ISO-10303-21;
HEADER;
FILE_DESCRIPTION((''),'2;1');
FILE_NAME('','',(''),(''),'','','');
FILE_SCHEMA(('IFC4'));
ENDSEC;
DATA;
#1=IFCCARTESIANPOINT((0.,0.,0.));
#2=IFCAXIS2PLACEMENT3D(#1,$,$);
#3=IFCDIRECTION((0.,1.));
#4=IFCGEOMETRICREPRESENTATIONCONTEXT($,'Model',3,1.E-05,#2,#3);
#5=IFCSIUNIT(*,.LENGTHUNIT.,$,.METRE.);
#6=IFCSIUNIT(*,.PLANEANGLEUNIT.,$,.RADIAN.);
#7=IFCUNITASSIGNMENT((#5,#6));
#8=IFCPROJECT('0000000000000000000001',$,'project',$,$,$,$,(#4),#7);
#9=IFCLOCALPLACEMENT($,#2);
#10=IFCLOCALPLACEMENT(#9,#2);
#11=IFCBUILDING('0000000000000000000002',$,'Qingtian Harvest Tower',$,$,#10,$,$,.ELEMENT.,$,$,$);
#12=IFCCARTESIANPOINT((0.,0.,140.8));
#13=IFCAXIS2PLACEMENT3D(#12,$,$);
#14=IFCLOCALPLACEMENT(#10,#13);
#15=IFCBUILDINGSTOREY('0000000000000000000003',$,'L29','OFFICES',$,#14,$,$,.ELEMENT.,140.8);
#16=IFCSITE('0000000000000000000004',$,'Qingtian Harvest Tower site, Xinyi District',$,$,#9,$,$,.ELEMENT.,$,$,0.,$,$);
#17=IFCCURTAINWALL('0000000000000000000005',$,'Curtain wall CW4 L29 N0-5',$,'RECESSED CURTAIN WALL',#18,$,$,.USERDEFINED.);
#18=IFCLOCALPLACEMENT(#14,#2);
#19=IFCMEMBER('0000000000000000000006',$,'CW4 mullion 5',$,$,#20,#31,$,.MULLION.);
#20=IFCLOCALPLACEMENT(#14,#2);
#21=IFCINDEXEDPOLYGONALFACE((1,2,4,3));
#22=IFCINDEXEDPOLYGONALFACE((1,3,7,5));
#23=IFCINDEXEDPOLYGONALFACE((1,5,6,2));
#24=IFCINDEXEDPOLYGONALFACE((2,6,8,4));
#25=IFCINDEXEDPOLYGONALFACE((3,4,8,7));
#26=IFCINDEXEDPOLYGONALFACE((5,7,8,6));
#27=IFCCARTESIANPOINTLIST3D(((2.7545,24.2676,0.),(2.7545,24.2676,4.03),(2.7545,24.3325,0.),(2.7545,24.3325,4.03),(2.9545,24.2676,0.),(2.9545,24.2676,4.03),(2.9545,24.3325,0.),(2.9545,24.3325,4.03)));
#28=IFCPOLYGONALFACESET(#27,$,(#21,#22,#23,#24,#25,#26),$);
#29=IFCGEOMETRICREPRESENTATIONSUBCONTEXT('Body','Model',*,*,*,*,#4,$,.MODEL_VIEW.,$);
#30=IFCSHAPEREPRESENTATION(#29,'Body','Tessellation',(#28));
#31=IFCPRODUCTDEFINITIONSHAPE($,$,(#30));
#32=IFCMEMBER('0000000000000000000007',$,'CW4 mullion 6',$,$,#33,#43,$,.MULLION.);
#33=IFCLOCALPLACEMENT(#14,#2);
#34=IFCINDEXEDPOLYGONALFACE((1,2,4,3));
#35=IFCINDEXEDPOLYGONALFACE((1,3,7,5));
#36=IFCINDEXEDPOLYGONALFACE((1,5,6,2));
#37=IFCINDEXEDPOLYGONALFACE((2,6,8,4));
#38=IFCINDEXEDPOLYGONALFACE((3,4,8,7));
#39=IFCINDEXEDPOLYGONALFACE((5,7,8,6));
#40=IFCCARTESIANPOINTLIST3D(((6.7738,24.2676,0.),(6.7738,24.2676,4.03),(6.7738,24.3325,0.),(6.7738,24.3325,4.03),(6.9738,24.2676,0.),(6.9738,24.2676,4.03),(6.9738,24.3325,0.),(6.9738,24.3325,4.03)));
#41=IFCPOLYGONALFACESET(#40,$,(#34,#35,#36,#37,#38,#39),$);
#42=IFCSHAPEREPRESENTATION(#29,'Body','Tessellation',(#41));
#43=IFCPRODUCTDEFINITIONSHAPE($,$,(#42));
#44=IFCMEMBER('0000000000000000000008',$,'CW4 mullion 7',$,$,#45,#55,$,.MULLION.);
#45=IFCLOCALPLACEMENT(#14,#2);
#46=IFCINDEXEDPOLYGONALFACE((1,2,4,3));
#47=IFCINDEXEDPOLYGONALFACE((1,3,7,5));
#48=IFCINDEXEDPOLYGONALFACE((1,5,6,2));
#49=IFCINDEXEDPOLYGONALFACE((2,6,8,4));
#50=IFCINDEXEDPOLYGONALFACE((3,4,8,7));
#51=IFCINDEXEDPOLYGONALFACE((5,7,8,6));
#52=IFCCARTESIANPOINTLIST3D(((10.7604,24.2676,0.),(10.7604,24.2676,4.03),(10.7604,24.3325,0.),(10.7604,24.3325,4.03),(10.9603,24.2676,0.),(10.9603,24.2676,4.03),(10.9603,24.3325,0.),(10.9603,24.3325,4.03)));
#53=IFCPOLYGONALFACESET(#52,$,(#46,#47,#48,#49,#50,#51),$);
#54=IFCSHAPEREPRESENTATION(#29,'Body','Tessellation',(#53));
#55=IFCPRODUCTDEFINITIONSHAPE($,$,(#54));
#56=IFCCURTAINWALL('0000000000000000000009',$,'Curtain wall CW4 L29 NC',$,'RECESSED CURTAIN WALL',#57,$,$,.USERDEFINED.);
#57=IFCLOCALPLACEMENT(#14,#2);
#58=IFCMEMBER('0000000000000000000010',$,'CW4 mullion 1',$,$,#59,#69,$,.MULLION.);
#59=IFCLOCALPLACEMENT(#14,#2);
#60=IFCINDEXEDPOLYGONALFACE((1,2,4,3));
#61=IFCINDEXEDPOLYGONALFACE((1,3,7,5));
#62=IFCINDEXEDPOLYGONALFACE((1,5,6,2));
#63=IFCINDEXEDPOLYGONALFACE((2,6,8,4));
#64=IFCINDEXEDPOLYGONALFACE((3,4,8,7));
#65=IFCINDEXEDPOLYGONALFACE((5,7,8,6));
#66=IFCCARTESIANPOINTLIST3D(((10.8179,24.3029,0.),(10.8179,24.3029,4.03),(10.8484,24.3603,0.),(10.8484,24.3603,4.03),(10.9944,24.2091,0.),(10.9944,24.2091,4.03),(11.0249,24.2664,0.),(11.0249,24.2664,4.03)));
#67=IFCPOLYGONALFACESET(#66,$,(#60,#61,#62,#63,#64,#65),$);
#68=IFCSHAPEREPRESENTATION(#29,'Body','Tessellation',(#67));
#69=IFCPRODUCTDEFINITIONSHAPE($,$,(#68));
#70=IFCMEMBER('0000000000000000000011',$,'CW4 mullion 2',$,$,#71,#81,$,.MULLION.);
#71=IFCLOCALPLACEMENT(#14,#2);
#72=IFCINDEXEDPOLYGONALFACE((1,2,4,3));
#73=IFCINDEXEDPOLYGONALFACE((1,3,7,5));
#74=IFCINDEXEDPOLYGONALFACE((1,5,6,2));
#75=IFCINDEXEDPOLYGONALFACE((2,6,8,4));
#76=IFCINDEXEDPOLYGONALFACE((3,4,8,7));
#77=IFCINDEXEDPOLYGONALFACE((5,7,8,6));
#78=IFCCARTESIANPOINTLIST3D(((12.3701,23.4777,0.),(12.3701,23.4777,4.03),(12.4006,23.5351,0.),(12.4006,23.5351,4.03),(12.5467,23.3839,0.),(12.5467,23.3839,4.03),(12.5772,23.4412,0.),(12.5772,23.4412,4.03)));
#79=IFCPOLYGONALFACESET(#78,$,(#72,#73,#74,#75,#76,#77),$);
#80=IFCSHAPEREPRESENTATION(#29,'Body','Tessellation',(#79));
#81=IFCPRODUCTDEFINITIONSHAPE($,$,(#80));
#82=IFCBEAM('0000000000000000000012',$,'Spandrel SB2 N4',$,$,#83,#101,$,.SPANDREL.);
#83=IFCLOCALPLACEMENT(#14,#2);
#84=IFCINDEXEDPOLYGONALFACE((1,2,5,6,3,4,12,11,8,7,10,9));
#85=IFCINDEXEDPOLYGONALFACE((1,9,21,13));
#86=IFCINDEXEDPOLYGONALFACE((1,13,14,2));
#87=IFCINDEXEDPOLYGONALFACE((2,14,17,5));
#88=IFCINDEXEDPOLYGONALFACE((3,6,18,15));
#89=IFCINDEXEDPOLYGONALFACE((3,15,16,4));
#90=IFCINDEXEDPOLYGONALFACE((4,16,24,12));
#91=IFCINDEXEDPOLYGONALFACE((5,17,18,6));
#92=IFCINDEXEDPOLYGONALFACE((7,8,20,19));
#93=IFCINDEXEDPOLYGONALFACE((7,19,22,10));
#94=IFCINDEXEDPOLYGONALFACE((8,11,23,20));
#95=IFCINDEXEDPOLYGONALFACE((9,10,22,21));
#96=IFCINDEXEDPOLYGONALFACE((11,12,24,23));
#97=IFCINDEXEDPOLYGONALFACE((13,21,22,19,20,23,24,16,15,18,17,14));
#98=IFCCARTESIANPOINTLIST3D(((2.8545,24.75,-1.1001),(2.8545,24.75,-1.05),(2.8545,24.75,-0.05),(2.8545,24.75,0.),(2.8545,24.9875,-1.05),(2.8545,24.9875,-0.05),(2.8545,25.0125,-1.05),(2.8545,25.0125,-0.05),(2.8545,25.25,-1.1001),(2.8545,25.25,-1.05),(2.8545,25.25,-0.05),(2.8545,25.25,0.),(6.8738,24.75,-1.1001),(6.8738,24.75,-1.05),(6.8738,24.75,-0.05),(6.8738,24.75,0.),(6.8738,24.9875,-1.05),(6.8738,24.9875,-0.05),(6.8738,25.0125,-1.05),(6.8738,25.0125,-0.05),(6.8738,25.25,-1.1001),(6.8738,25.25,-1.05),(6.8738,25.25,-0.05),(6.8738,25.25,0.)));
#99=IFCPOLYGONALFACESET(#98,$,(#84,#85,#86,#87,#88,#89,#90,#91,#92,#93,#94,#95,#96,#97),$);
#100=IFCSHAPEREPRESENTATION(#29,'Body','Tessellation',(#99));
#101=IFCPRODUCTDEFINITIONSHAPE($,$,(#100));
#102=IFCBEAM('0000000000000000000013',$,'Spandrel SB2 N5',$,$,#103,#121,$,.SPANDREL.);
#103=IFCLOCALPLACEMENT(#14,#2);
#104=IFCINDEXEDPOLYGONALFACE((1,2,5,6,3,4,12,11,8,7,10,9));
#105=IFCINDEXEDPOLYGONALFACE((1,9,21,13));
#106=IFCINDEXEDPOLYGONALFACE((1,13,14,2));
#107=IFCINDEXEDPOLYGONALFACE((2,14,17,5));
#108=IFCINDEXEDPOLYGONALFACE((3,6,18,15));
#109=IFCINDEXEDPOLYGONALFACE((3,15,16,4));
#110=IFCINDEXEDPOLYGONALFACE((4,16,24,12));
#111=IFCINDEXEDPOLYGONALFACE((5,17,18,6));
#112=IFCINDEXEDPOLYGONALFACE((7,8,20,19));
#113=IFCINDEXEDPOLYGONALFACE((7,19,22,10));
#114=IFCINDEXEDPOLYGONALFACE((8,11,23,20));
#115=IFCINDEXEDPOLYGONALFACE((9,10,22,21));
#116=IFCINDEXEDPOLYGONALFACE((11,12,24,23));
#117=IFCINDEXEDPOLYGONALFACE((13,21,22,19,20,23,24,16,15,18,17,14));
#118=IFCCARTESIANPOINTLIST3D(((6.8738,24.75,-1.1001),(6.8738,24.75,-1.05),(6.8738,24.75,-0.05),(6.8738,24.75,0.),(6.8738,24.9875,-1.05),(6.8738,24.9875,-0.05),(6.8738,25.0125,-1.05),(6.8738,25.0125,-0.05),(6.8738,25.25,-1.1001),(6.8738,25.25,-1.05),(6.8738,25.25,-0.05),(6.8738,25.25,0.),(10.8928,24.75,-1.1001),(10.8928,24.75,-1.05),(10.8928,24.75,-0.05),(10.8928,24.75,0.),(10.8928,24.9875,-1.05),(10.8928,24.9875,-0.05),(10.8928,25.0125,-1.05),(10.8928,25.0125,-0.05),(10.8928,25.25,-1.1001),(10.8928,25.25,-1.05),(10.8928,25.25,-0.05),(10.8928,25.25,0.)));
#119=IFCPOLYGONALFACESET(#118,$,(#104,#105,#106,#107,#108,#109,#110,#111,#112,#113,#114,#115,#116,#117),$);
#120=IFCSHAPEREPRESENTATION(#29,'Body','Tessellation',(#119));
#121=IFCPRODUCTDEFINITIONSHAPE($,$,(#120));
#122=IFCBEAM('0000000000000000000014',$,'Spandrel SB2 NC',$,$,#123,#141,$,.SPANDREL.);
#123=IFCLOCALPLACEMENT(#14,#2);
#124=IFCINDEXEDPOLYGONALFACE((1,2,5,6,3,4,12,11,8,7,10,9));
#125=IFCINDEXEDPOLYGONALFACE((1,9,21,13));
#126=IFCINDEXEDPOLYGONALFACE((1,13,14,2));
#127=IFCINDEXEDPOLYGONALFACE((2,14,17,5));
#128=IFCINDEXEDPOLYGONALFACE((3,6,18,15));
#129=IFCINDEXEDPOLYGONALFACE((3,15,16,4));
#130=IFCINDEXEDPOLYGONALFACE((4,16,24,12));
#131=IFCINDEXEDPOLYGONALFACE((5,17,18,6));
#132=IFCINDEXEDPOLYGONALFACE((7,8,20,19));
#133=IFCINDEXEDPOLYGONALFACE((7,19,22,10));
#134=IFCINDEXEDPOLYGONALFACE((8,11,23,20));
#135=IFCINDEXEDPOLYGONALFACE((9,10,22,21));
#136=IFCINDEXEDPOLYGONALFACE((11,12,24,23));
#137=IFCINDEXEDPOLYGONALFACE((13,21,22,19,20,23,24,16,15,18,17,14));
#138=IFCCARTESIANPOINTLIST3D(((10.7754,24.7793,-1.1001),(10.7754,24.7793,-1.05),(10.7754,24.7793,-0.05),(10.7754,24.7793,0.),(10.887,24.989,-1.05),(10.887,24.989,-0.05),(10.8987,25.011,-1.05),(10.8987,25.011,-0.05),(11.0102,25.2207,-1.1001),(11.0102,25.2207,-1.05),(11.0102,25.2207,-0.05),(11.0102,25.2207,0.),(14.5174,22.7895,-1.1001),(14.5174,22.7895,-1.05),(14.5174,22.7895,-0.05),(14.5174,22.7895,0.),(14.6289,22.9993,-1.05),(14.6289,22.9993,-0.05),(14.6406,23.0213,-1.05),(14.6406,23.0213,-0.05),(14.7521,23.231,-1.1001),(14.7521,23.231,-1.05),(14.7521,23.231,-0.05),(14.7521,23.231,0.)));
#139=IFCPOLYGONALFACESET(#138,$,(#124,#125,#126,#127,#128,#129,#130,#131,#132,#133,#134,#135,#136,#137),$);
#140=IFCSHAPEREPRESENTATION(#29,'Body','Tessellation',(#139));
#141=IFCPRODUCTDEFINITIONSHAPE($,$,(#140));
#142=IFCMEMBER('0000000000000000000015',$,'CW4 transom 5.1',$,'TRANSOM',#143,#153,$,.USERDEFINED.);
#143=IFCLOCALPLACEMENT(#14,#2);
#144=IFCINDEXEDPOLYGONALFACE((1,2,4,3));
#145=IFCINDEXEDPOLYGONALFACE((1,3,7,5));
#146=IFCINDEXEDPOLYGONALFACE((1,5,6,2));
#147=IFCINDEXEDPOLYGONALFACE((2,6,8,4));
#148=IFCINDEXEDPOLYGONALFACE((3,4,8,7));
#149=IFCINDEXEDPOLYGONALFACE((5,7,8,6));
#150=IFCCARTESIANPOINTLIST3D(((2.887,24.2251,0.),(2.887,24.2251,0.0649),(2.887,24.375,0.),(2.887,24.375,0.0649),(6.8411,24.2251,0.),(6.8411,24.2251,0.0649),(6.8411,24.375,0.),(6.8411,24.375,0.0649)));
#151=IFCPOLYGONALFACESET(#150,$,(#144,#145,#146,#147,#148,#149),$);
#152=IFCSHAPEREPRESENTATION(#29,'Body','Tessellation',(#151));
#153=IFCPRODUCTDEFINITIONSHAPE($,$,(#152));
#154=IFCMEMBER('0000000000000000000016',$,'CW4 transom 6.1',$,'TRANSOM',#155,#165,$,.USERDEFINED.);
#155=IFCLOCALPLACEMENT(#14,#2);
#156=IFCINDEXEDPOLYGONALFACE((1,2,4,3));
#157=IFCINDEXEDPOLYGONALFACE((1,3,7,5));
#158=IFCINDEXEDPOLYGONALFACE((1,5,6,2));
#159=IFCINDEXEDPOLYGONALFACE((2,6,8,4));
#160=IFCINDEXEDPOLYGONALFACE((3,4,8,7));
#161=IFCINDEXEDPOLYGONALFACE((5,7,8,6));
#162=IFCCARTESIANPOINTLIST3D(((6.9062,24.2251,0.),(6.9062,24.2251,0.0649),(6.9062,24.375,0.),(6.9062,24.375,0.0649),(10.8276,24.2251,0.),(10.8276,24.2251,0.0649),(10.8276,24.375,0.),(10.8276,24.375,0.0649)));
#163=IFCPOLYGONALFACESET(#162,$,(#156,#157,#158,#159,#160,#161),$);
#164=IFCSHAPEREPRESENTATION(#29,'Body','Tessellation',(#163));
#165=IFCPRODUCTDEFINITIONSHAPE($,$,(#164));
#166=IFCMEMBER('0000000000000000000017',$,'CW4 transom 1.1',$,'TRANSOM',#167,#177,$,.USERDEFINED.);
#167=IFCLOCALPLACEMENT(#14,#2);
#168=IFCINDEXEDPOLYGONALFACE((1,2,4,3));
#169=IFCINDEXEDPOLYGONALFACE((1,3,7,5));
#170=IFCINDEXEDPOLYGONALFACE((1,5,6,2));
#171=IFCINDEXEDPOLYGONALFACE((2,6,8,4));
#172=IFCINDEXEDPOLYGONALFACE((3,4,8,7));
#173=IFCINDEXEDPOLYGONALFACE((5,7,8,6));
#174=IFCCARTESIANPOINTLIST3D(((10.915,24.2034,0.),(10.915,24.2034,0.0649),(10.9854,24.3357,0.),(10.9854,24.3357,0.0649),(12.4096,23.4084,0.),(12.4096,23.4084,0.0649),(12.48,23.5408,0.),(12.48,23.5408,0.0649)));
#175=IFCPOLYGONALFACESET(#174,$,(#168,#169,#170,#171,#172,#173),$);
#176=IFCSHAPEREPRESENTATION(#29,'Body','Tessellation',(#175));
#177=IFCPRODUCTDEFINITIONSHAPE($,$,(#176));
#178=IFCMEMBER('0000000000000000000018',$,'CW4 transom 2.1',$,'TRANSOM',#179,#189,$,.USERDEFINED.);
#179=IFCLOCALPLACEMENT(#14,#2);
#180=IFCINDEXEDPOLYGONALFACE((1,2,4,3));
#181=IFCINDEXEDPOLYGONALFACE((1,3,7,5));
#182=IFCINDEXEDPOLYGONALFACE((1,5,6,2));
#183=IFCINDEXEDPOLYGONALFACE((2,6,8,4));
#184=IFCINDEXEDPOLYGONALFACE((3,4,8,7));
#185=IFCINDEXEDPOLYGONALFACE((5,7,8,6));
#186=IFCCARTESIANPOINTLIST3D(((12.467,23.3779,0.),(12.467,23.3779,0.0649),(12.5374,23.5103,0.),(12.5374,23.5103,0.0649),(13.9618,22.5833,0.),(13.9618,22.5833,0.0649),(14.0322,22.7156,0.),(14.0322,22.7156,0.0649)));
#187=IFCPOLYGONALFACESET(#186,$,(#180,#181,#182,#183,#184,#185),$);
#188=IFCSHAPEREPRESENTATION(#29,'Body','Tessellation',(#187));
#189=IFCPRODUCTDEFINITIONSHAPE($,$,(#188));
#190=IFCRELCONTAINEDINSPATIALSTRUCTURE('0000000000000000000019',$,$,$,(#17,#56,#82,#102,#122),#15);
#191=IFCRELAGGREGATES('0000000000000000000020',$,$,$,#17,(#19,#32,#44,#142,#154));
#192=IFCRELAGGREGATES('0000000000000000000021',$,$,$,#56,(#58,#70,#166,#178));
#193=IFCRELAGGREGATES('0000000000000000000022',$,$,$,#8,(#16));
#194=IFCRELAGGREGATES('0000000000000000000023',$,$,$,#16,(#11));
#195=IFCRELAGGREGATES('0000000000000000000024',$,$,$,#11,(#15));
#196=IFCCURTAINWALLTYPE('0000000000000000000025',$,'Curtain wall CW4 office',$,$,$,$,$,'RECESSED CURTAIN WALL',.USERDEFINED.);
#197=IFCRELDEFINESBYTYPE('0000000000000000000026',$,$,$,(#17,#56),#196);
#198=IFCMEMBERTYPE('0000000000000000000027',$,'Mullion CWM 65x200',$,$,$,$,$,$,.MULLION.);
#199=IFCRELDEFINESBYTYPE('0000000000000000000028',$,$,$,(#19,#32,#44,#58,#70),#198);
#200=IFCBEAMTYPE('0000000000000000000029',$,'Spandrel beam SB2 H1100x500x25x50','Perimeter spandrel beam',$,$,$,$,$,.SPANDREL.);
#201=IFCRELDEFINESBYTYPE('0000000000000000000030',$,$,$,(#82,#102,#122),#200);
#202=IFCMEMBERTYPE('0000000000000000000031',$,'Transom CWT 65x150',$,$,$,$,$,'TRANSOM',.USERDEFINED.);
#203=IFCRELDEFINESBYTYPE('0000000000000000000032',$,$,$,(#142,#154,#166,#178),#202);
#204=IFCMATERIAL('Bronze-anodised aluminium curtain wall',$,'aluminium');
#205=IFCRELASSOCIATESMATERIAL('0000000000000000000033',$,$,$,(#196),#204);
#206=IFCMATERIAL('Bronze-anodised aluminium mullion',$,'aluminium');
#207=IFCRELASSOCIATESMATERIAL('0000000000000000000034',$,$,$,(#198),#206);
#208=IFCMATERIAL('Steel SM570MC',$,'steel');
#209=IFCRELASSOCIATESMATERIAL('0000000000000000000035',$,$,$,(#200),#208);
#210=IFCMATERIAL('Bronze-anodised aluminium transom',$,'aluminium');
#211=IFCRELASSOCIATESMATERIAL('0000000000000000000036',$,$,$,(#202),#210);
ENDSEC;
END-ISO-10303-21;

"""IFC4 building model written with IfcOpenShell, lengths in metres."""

from ifc_helpers import new_model, si_unit, direction, frame, origin, origin_2d, place, context, subcontext, project, spatial, rectangle, i_section, extrude, material, material_profile, profile_set, type_object, element, aggregate, save


model = new_model("IFC4")

# Units and contexts
model_context = context("Model", 3, precision=1e-05, world=origin(), true_north=direction((0.0, 1.0)))
body_context = subcontext(model_context, "Body", "Model", "MODEL_VIEW")
ifc_project = project(units=[si_unit("LENGTHUNIT", "METRE"), si_unit("PLANEANGLEUNIT", "RADIAN")], contexts=[model_context])

# Site, building, storey
site_placement = place(None, origin())
site = spatial("IfcSite", under=ifc_project, at=site_placement, Name="Qingtian Harvest Tower site, Xinyi District", CompositionType="ELEMENT", RefElevation=0.0)
building_placement = place(site_placement, origin())
building = spatial("IfcBuilding", under=site, at=building_placement, Name="Qingtian Harvest Tower", CompositionType="ELEMENT")
storey_placement = place(building_placement, frame((0.0, 0.0, 140.8)))
storey = spatial("IfcBuildingStorey", under=building, at=storey_placement, Name="L29", Description="OFFICES", CompositionType="ELEMENT", Elevation=140.8)

# Curtain walls, members
ifc_material_1 = material(Name="Bronze-anodised aluminium curtain wall", Category="aluminium")
curtain_wall_type = type_object("IfcCurtainWallType", Name="Curtain wall CW4 office", ElementType="RECESSED CURTAIN WALL", PredefinedType="USERDEFINED", material=ifc_material_1)
curtain_wall_1_placement = place(storey_placement, origin())
curtain_wall_1 = element("IfcCurtainWall", 1, at=curtain_wall_1_placement, inside=storey, type_object=curtain_wall_type, Name="Curtain wall CW4 L29 N0-5", ObjectType="RECESSED CURTAIN WALL", PredefinedType="USERDEFINED")
ifc_material_2 = material(Name="Bronze-anodised aluminium mullion", Category="aluminium")
ifc_material_profile_1 = material_profile(ifc_material_2, rectangle(XDim=0.0649, YDim=0.2, at=origin_2d()), Name="AL 65x200")
ifc_profile_set_1 = profile_set([ifc_material_profile_1], Name="Bronze-anodised aluminium mullion")
member_type_1 = type_object("IfcMemberType", Name="Mullion CWM 65x200", PredefinedType="MULLION", material=ifc_profile_set_1)
member_1_placement = place(storey_placement, frame((2.8545, 24.3, 0.0), z_axis=(0.0, 0.0, 1.0), x_axis=(0.0, 1.0, 0.0)))
member_1 = element("IfcMember", 2, at=member_1_placement, type_object=member_type_1, Name="CW4 mullion 5", PredefinedType="MULLION", context=body_context, shape_type="SweptSolid", body=[
    extrude(rectangle(XDim=0.0649, YDim=0.2, at=origin_2d()), origin(), (0.0, 0.0, 1.0), 4.03),
])
member_2_placement = place(storey_placement, frame((6.8738, 24.3, 0.0), z_axis=(0.0, 0.0, 1.0), x_axis=(0.0, 1.0, 0.0)))
member_2 = element("IfcMember", 3, at=member_2_placement, type_object=member_type_1, Name="CW4 mullion 6", PredefinedType="MULLION", context=body_context, shape_type="SweptSolid", body=[
    extrude(rectangle(XDim=0.0649, YDim=0.2, at=origin_2d()), origin(), (0.0, 0.0, 1.0), 4.03),
])
member_3_placement = place(storey_placement, frame((10.8604, 24.3, 0.0), z_axis=(0.0, 0.0, 1.0), x_axis=(0.0, 1.0, 0.0)))
member_3 = element("IfcMember", 4, at=member_3_placement, type_object=member_type_1, Name="CW4 mullion 7", PredefinedType="MULLION", context=body_context, shape_type="SweptSolid", body=[
    extrude(rectangle(XDim=0.0649, YDim=0.2, at=origin_2d()), origin(), (0.0, 0.0, 1.0), 4.03),
])
curtain_wall_2_placement = place(storey_placement, origin())
curtain_wall_2 = element("IfcCurtainWall", 5, at=curtain_wall_2_placement, inside=storey, type_object=curtain_wall_type, Name="Curtain wall CW4 L29 NC", ObjectType="RECESSED CURTAIN WALL", PredefinedType="USERDEFINED")
member_4_placement = place(storey_placement, frame((10.9214, 24.2847, 0.0), z_axis=(0.0, 0.0, 1.0), x_axis=(0.469472, 0.882948, 0.0)))
member_4 = element("IfcMember", 6, at=member_4_placement, type_object=member_type_1, Name="CW4 mullion 1", PredefinedType="MULLION", context=body_context, shape_type="SweptSolid", body=[
    extrude(rectangle(XDim=0.0649, YDim=0.2, at=origin_2d()), origin(), (0.0, 0.0, 1.0), 4.03),
])
member_5_placement = place(storey_placement, frame((12.4736, 23.4595, 0.0), z_axis=(0.0, 0.0, 1.0), x_axis=(0.469472, 0.882948, 0.0)))
member_5 = element("IfcMember", 7, at=member_5_placement, type_object=member_type_1, Name="CW4 mullion 2", PredefinedType="MULLION", context=body_context, shape_type="SweptSolid", body=[
    extrude(rectangle(XDim=0.0649, YDim=0.2, at=origin_2d()), origin(), (0.0, 0.0, 1.0), 4.03),
])

# Beams
ifc_material_3 = material(Name="Steel SM570MC", Category="steel")
ifc_material_profile_2 = material_profile(ifc_material_3, i_section(OverallWidth=0.5, OverallDepth=1.1001, WebThickness=0.0249, FlangeThickness=0.05, at=origin_2d()), Name="H1100x500x25x50")
ifc_profile_set_2 = profile_set([ifc_material_profile_2], Name="Steel SM570MC")
beam_type_1 = type_object("IfcBeamType", Name="Spandrel beam SB2 H1100x500x25x50", Description="Perimeter spandrel beam", PredefinedType="SPANDREL", material=ifc_profile_set_2)
beam_1_placement = place(storey_placement, frame((2.8545, 25.0, -0.55), z_axis=(1.0, 0.0, 0.0), x_axis=(0.0, 1.0, 0.0)))
element("IfcBeam", 8, at=beam_1_placement, inside=storey, type_object=beam_type_1, Name="Spandrel SB2 N4", PredefinedType="SPANDREL", context=body_context, shape_type="SweptSolid", body=[
    extrude(i_section(OverallWidth=0.5, OverallDepth=1.1001, WebThickness=0.0249, FlangeThickness=0.05, at=origin_2d()), origin(), (0.0, 0.0, 1.0), 4.0193),
])
beam_2_placement = place(storey_placement, frame((6.8738, 25.0, -0.55), z_axis=(1.0, 0.0, 0.0), x_axis=(0.0, 1.0, 0.0)))
element("IfcBeam", 9, at=beam_2_placement, inside=storey, type_object=beam_type_1, Name="Spandrel SB2 N5", PredefinedType="SPANDREL", context=body_context, shape_type="SweptSolid", body=[
    extrude(i_section(OverallWidth=0.5, OverallDepth=1.1001, WebThickness=0.0249, FlangeThickness=0.05, at=origin_2d()), origin(), (0.0, 0.0, 1.0), 4.019),
])
beam_3_placement = place(storey_placement, frame((10.8928, 25.0, -0.55), z_axis=(0.882936, -0.469494, 0.0), x_axis=(0.469494, 0.882936, 0.0)))
element("IfcBeam", 10, at=beam_3_placement, inside=storey, type_object=beam_type_1, Name="Spandrel SB2 NC", PredefinedType="SPANDREL", context=body_context, shape_type="SweptSolid", body=[
    extrude(i_section(OverallWidth=0.5, OverallDepth=1.1001, WebThickness=0.0249, FlangeThickness=0.05, at=origin_2d()), origin(), (0.0, 0.0, 1.0), 4.238),
])

# Members
ifc_material_4 = material(Name="Bronze-anodised aluminium transom", Category="aluminium")
ifc_material_profile_3 = material_profile(ifc_material_4, rectangle(XDim=0.1499, YDim=0.0649, at=origin_2d()), Name="AL 65x150")
ifc_profile_set_3 = profile_set([ifc_material_profile_3], Name="Bronze-anodised aluminium transom")
member_type_2 = type_object("IfcMemberType", Name="Transom CWT 65x150", ElementType="TRANSOM", PredefinedType="USERDEFINED", material=ifc_profile_set_3)
member_6_placement = place(storey_placement, frame((2.887, 24.3, 0.0325), z_axis=(1.0, 0.0, 0.0), x_axis=(0.0, 1.0, 0.0)))
member_6 = element("IfcMember", 11, at=member_6_placement, type_object=member_type_2, Name="CW4 transom 5.1", ObjectType="TRANSOM", PredefinedType="USERDEFINED", context=body_context, shape_type="SweptSolid", body=[
    extrude(rectangle(XDim=0.1499, YDim=0.0649, at=origin_2d()), origin(), (0.0, 0.0, 1.0), 3.9541),
])
member_7_placement = place(storey_placement, frame((6.9062, 24.3, 0.0325), z_axis=(1.0, 0.0, 0.0), x_axis=(0.0, 1.0, 0.0)))
member_7 = element("IfcMember", 12, at=member_7_placement, type_object=member_type_2, Name="CW4 transom 6.1", ObjectType="TRANSOM", PredefinedType="USERDEFINED", context=body_context, shape_type="SweptSolid", body=[
    extrude(rectangle(XDim=0.1499, YDim=0.0649, at=origin_2d()), origin(), (0.0, 0.0, 1.0), 3.9214),
])
member_8_placement = place(storey_placement, frame((10.9502, 24.2695, 0.0325), z_axis=(0.882895, -0.46957, 0.0), x_axis=(0.46957, 0.882895, 0.0)))
member_8 = element("IfcMember", 13, at=member_8_placement, type_object=member_type_2, Name="CW4 transom 1.1", ObjectType="TRANSOM", PredefinedType="USERDEFINED", context=body_context, shape_type="SweptSolid", body=[
    extrude(rectangle(XDim=0.1499, YDim=0.0649, at=origin_2d()), origin(), (0.0, 0.0, 1.0), 1.6929),
])
member_9_placement = place(storey_placement, frame((12.5022, 23.4441, 0.0325), z_axis=(0.882987, -0.469398, 0.0), x_axis=(0.469398, 0.882987, 0.0)))
member_9 = element("IfcMember", 14, at=member_9_placement, type_object=member_type_2, Name="CW4 transom 2.1", ObjectType="TRANSOM", PredefinedType="USERDEFINED", context=body_context, shape_type="SweptSolid", body=[
    extrude(rectangle(XDim=0.1499, YDim=0.0649, at=origin_2d()), origin(), (0.0, 0.0, 1.0), 1.6929),
])

aggregate(curtain_wall_1, [member_1, member_2, member_3, member_6, member_7])
aggregate(curtain_wall_2, [member_4, member_5, member_8, member_9])

save(model, "model.ifc")
